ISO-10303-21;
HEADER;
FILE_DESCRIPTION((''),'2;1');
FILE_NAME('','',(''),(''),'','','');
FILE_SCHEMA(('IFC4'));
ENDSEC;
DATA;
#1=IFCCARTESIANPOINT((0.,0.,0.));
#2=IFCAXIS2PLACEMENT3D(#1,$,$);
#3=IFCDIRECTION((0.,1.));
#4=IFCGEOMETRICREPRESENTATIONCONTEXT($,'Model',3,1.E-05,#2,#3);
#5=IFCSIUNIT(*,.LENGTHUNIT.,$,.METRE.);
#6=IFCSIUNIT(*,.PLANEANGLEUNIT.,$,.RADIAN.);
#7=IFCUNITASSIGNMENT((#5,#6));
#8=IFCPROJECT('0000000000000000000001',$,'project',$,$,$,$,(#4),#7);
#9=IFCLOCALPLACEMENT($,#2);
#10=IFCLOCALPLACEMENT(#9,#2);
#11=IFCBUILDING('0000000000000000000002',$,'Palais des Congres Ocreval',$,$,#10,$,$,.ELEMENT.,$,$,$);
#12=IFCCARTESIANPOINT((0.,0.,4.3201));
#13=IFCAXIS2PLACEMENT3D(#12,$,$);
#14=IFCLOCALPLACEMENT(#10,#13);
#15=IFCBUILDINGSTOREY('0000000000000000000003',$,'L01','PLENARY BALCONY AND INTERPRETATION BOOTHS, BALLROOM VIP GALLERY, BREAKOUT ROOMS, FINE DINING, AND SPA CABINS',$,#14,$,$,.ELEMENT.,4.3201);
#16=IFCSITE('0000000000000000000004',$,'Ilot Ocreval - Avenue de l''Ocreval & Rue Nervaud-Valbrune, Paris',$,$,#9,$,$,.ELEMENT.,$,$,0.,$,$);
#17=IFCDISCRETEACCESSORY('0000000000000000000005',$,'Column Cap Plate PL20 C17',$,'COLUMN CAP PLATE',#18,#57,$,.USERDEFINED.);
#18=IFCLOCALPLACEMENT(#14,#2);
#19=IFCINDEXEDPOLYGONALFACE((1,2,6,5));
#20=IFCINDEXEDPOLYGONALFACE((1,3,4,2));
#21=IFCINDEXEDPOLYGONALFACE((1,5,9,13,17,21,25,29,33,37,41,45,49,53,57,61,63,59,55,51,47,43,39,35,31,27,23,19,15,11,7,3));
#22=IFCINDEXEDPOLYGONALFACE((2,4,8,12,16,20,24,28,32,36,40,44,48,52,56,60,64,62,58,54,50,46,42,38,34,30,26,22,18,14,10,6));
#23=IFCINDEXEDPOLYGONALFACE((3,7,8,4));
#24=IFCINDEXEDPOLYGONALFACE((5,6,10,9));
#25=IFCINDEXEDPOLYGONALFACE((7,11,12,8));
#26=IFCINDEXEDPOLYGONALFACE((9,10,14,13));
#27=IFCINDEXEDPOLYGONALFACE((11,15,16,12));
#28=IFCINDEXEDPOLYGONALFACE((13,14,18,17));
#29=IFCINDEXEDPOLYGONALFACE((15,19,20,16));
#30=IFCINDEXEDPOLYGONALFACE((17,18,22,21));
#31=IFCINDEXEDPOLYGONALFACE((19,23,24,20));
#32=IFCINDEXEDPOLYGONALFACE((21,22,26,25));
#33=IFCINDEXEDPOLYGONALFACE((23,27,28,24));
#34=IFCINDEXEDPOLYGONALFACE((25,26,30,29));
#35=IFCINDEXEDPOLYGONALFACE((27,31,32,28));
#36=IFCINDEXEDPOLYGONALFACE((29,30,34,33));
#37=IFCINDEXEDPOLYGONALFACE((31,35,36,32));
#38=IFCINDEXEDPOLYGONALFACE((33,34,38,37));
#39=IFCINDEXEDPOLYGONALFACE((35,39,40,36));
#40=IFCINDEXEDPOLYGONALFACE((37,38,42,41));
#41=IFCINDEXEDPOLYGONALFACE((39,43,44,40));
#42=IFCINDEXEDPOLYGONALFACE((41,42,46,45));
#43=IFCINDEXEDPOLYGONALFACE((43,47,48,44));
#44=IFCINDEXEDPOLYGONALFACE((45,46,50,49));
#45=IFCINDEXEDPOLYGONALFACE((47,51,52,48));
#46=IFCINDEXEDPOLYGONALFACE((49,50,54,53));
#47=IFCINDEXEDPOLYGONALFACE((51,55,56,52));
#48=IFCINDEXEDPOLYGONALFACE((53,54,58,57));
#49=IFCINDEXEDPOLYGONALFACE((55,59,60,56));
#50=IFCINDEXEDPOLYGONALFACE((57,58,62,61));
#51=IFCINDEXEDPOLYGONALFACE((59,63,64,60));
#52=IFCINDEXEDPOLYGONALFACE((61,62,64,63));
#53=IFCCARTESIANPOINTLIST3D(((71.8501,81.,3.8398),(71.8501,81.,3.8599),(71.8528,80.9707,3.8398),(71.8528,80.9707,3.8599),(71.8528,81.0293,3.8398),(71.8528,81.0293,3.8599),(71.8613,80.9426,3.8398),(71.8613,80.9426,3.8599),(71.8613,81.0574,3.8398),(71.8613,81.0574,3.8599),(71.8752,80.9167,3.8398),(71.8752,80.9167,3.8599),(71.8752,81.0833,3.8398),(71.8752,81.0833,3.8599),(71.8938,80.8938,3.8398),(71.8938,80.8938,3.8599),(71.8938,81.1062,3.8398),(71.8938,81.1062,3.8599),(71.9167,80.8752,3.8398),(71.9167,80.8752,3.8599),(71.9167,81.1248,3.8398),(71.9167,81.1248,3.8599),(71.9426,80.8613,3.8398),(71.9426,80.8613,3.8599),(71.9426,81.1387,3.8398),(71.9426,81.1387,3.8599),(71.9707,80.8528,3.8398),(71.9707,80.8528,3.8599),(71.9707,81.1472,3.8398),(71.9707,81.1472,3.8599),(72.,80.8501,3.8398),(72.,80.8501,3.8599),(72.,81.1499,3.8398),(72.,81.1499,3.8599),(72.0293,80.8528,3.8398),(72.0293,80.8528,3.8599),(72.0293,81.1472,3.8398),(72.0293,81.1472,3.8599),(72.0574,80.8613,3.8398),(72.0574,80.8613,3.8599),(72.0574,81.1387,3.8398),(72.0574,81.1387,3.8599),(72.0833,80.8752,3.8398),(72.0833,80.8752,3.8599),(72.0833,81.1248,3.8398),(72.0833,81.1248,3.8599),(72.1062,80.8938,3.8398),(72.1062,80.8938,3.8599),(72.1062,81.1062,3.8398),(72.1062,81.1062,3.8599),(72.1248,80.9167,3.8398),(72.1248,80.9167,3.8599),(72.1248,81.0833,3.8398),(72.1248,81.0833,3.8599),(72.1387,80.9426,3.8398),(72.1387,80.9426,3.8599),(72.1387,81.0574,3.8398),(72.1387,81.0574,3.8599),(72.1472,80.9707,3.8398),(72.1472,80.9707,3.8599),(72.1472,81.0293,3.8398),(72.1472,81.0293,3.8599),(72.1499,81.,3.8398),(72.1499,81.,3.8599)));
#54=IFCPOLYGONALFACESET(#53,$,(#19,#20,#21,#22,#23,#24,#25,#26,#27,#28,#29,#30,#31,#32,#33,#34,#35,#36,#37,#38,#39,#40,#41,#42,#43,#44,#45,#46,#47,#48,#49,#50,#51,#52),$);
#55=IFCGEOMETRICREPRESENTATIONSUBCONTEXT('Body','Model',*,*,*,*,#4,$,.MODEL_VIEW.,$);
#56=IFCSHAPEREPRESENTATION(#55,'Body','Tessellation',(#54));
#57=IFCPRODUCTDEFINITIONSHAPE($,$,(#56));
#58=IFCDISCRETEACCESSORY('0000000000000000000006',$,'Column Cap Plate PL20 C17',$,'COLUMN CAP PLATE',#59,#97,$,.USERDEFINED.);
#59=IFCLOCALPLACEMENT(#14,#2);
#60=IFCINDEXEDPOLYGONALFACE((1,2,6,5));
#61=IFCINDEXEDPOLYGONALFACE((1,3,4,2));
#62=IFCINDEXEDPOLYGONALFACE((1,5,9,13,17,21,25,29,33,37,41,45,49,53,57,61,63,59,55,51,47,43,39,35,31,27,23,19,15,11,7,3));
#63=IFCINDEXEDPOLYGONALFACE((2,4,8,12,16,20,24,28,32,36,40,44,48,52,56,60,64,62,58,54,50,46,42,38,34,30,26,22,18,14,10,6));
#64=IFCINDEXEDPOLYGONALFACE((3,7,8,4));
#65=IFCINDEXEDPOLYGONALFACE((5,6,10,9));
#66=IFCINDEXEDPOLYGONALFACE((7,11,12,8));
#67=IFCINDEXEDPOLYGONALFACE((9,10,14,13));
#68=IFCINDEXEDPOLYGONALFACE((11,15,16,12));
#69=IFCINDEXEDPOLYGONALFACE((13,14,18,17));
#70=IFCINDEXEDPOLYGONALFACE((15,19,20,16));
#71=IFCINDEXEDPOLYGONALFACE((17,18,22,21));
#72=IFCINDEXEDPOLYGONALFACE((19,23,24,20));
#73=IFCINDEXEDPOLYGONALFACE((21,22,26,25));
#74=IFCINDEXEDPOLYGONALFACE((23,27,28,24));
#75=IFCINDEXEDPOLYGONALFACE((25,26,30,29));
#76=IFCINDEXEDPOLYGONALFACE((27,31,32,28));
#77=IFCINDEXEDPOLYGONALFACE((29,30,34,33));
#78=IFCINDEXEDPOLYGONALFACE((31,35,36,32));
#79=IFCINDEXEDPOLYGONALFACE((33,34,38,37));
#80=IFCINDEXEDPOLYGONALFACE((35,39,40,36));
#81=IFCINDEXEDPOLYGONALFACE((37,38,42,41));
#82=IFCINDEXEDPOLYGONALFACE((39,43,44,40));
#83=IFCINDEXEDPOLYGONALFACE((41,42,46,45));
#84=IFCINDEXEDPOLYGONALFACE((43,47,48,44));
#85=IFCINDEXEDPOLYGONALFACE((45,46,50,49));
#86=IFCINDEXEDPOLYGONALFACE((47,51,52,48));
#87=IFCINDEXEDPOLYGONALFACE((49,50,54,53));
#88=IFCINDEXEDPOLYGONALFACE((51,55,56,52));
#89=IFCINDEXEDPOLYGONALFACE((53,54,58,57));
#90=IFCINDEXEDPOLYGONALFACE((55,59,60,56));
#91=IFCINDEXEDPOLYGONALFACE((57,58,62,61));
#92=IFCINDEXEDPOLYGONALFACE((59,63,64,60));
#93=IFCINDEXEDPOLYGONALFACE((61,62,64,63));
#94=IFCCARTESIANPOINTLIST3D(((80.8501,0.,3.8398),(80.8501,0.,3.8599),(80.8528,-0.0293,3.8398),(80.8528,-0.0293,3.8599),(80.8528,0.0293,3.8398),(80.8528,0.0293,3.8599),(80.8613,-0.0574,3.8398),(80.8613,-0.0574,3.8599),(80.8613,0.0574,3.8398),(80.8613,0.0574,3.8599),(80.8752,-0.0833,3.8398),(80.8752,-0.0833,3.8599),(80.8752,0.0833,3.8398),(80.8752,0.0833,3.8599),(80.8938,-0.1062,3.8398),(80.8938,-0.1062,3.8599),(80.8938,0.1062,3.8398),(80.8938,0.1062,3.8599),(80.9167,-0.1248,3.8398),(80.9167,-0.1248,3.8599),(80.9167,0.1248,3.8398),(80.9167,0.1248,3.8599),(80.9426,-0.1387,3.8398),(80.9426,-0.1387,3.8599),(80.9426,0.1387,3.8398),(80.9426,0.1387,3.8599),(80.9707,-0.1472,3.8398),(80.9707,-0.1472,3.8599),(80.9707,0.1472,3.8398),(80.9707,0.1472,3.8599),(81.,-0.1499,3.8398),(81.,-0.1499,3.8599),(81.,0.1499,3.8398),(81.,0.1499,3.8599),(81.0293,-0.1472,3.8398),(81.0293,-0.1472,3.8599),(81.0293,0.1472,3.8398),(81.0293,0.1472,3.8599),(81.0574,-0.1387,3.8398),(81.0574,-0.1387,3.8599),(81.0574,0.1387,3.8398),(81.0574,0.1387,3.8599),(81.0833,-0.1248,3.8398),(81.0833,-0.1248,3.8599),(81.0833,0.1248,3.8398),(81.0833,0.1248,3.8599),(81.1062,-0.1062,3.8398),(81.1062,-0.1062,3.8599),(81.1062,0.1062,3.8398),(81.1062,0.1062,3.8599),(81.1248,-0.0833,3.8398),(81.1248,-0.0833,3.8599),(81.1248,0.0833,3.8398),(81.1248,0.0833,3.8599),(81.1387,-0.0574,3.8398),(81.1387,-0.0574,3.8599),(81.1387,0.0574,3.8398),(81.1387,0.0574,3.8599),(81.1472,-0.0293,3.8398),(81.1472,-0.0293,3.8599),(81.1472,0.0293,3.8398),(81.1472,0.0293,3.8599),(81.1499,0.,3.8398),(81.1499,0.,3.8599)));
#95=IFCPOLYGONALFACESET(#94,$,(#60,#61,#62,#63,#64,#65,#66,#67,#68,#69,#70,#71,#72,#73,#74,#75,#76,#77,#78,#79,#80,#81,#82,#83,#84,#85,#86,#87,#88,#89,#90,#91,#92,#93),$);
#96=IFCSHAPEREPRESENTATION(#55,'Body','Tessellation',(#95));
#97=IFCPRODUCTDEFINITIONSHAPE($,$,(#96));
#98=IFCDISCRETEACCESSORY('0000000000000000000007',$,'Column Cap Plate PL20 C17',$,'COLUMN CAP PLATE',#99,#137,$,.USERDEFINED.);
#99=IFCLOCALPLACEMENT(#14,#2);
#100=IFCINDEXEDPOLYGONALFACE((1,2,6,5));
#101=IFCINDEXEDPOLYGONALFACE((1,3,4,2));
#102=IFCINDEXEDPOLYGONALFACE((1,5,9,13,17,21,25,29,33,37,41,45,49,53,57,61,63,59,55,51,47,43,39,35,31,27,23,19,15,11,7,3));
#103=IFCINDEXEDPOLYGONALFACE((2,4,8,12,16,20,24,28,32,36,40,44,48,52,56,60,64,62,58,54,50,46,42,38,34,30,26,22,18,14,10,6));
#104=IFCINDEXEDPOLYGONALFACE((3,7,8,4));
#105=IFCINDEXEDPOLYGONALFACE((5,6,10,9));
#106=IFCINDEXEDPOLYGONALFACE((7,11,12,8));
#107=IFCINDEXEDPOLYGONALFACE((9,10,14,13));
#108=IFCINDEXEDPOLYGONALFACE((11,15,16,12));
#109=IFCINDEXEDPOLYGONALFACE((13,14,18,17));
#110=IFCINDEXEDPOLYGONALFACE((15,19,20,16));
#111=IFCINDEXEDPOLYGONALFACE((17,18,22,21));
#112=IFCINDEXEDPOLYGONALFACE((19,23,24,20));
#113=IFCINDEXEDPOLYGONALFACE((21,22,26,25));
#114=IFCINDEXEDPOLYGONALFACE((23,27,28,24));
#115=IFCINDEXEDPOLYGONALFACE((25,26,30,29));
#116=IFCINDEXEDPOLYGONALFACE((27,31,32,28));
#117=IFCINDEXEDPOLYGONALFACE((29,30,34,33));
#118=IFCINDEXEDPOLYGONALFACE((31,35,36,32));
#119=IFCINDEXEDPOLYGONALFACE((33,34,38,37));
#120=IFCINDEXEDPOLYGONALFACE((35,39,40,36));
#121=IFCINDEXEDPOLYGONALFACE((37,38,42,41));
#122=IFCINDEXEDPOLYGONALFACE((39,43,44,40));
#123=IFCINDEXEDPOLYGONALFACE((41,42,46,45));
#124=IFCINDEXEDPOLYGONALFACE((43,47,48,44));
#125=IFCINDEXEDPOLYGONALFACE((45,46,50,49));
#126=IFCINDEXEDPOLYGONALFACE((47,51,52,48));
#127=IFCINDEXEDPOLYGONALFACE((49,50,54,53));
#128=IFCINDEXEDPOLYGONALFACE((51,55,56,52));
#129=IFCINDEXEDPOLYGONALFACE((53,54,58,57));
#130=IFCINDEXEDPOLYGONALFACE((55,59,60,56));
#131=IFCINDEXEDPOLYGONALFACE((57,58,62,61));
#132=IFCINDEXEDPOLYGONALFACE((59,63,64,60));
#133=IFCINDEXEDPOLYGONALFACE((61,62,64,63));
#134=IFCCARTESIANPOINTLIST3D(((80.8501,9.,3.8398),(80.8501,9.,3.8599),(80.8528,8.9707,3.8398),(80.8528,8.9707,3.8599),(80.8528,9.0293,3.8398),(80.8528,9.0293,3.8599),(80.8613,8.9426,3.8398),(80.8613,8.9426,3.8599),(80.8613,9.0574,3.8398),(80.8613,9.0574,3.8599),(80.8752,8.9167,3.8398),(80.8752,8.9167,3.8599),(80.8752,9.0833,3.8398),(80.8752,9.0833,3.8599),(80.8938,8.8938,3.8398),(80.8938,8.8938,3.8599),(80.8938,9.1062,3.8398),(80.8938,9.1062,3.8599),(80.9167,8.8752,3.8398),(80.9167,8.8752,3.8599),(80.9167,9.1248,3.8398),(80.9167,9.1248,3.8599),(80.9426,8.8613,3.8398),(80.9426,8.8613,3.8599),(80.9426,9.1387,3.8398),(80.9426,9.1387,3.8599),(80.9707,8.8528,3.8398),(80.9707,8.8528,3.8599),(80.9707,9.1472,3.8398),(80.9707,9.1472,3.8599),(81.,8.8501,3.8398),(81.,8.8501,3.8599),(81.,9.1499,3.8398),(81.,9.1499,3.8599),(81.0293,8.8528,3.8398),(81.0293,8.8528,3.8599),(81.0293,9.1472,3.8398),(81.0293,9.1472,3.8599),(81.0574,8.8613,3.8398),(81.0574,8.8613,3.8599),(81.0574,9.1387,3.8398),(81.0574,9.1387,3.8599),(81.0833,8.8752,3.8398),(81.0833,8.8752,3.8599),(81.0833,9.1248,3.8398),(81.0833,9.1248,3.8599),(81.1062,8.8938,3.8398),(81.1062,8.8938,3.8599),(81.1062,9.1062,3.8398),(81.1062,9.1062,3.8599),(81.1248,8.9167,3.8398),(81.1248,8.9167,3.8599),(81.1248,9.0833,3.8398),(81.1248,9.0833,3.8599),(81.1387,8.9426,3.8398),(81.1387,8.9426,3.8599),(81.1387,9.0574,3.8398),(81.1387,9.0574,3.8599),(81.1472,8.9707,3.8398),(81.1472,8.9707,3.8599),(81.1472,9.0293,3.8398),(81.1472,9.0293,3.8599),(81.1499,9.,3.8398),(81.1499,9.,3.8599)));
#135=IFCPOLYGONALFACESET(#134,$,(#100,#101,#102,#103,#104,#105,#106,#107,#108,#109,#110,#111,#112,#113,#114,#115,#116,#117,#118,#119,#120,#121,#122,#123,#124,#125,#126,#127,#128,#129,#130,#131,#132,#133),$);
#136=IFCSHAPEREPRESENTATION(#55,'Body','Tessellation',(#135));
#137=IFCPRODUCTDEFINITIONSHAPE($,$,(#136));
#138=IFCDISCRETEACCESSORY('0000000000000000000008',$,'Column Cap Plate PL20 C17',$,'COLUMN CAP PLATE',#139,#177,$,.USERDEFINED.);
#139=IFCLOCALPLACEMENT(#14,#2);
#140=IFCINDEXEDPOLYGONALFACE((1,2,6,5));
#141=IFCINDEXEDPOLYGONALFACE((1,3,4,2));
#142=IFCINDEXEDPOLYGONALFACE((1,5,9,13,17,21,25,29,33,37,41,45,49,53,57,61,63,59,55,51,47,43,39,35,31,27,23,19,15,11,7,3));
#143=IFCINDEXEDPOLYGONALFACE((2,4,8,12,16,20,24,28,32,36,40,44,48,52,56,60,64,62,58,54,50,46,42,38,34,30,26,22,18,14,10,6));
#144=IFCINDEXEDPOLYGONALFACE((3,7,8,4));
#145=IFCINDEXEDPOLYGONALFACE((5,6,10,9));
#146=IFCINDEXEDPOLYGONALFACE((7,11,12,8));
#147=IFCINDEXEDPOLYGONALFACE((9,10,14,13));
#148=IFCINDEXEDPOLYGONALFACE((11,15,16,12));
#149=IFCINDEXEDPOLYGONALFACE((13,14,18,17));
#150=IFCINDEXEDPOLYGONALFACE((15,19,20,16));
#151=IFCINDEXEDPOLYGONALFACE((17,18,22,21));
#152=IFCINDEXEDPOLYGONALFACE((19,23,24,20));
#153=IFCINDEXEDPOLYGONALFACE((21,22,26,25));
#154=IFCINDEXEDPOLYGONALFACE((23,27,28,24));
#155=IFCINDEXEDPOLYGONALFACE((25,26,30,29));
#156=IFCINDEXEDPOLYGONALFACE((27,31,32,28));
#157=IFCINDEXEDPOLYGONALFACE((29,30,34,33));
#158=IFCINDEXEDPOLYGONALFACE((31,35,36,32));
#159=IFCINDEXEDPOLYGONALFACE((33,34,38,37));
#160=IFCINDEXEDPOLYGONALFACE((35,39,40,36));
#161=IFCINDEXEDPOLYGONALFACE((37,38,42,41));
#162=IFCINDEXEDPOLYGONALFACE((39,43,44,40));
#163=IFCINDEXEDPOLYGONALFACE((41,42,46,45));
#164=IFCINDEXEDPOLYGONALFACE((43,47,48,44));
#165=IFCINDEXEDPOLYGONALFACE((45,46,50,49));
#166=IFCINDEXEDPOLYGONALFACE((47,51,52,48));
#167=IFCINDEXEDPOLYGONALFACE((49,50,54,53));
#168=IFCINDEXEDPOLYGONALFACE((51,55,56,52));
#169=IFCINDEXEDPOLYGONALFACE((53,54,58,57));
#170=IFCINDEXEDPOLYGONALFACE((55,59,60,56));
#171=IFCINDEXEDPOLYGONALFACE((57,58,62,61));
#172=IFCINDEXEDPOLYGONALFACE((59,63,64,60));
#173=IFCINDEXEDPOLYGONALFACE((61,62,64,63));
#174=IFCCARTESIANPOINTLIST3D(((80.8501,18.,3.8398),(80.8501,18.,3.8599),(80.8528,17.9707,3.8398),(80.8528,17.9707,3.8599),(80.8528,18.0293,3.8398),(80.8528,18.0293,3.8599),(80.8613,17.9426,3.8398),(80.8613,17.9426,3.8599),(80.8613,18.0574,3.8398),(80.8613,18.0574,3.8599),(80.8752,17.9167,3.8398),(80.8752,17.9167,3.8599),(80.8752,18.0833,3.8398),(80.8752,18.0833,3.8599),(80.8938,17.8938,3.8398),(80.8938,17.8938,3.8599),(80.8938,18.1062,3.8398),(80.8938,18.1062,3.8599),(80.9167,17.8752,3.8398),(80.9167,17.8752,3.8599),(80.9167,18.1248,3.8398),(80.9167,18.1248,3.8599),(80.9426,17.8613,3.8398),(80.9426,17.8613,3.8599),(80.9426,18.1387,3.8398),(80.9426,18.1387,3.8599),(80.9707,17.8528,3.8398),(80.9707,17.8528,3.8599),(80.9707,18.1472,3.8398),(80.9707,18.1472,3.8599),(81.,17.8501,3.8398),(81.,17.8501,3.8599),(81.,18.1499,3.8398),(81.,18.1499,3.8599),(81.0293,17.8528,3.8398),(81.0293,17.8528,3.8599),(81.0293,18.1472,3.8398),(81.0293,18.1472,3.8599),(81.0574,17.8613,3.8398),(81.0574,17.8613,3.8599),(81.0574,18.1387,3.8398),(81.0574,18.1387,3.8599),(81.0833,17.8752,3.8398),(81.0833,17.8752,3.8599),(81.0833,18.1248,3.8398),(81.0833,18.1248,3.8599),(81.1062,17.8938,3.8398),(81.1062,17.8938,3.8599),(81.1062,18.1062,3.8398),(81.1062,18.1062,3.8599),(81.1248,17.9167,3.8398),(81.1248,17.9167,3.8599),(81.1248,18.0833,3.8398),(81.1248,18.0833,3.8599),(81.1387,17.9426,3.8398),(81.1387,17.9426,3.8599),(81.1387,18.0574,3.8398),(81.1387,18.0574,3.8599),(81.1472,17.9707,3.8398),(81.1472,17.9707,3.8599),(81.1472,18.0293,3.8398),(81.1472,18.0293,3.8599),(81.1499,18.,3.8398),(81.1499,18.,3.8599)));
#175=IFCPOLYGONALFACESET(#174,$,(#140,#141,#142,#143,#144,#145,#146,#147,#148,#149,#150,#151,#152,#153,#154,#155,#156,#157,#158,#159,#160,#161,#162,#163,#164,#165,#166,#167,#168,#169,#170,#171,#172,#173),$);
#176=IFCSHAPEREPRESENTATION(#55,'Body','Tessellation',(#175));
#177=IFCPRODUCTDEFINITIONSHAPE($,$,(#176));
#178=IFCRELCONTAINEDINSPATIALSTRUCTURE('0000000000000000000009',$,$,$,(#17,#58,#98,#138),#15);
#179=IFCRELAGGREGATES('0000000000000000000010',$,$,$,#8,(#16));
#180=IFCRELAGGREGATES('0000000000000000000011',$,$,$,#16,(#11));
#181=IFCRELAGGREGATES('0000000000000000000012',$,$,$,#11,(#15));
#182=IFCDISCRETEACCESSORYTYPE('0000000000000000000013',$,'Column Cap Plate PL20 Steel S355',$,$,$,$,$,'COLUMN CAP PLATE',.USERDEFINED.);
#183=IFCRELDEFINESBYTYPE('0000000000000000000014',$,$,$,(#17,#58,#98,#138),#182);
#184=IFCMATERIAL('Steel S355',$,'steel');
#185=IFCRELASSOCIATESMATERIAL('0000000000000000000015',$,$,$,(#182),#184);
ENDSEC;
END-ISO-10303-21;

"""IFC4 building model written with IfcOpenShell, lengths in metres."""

from ifc_helpers import new_model, si_unit, direction, frame, origin, place, context, subcontext, project, spatial, polyline, outline, extrude, material, type_object, element, save


model = new_model("IFC4")

# Units and contexts
model_context = context("Model", 3, precision=1e-05, world=origin(), true_north=direction((0.0, 1.0)))
body_context = subcontext(model_context, "Body", "Model", "MODEL_VIEW")
ifc_project = project(units=[si_unit("LENGTHUNIT", "METRE"), si_unit("PLANEANGLEUNIT", "RADIAN")], contexts=[model_context])

# Site, building, storey
site_placement = place(None, origin())
site = spatial("IfcSite", under=ifc_project, at=site_placement, Name="Ilot Ocreval - Avenue de l'Ocreval & Rue Nervaud-Valbrune, Paris", CompositionType="ELEMENT", RefElevation=0.0)
building_placement = place(site_placement, origin())
building = spatial("IfcBuilding", under=site, at=building_placement, Name="Palais des Congres Ocreval", CompositionType="ELEMENT")
storey_placement = place(building_placement, frame((0.0, 0.0, 4.3201)))
storey = spatial("IfcBuildingStorey", under=building, at=storey_placement, Name="L01", Description="PLENARY BALCONY AND INTERPRETATION BOOTHS, BALLROOM VIP GALLERY, BREAKOUT ROOMS, FINE DINING, AND SPA CABINS", CompositionType="ELEMENT", Elevation=4.3201)

# Discrete accessories
ifc_material = material(Name="Steel S355", Category="steel")
discrete_accessory_type = type_object("IfcDiscreteAccessoryType", Name="Column Cap Plate PL20 Steel S355", ElementType="COLUMN CAP PLATE", PredefinedType="USERDEFINED", material=ifc_material)
discrete_accessory_1_placement = place(storey_placement, frame((0.0, 0.0, 3.8398)))
element("IfcDiscreteAccessory", 1, at=discrete_accessory_1_placement, inside=storey, type_object=discrete_accessory_type, Name="Column Cap Plate PL20 C17", ObjectType="COLUMN CAP PLATE", PredefinedType="USERDEFINED", context=body_context, shape_type="SweptSolid", body=[
    extrude(outline(polyline([(72.1499, 81.0), (72.1472, 81.0293), (72.1387, 81.0574), (72.1248, 81.0833), (72.1062, 81.1062), (72.0833, 81.1248), (72.0574, 81.1387), (72.0293, 81.1472), (72.0, 81.1499), (71.9707, 81.1472), (71.9426, 81.1387), (71.9167, 81.1248), (71.8938, 81.1062), (71.8752, 81.0833), (71.8613, 81.0574), (71.8528, 81.0293), (71.8501, 81.0), (71.8528, 80.9707), (71.8613, 80.9426), (71.8752, 80.9167), (71.8938, 80.8938), (71.9167, 80.8752), (71.9426, 80.8613), (71.9707, 80.8528), (72.0, 80.8501), (72.0293, 80.8528), (72.0574, 80.8613), (72.0833, 80.8752), (72.1062, 80.8938), (72.1248, 80.9167), (72.1387, 80.9426), (72.1472, 80.9707), (72.1499, 81.0)])), origin(), (0.0, 0.0, 1.0), 0.02),
])
discrete_accessory_2_placement = place(storey_placement, frame((0.0, 0.0, 3.8398)))
element("IfcDiscreteAccessory", 2, at=discrete_accessory_2_placement, inside=storey, type_object=discrete_accessory_type, Name="Column Cap Plate PL20 C17", ObjectType="COLUMN CAP PLATE", PredefinedType="USERDEFINED", context=body_context, shape_type="SweptSolid", body=[
    extrude(outline(polyline([(81.1499, 0.0), (81.1472, 0.0293), (81.1387, 0.0574), (81.1248, 0.0833), (81.1062, 0.1062), (81.0833, 0.1248), (81.0574, 0.1387), (81.0293, 0.1472), (81.0, 0.1499), (80.9707, 0.1472), (80.9426, 0.1387), (80.9167, 0.1248), (80.8938, 0.1062), (80.8752, 0.0833), (80.8613, 0.0574), (80.8528, 0.0293), (80.8501, 0.0), (80.8528, -0.0293), (80.8613, -0.0574), (80.8752, -0.0833), (80.8938, -0.1062), (80.9167, -0.1248), (80.9426, -0.1387), (80.9707, -0.1472), (81.0, -0.1499), (81.0293, -0.1472), (81.0574, -0.1387), (81.0833, -0.1248), (81.1062, -0.1062), (81.1248, -0.0833), (81.1387, -0.0574), (81.1472, -0.0293), (81.1499, 0.0)])), origin(), (0.0, 0.0, 1.0), 0.02),
])
discrete_accessory_3_placement = place(storey_placement, frame((0.0, 0.0, 3.8398)))
element("IfcDiscreteAccessory", 3, at=discrete_accessory_3_placement, inside=storey, type_object=discrete_accessory_type, Name="Column Cap Plate PL20 C17", ObjectType="COLUMN CAP PLATE", PredefinedType="USERDEFINED", context=body_context, shape_type="SweptSolid", body=[
    extrude(outline(polyline([(81.1499, 9.0), (81.1472, 9.0293), (81.1387, 9.0574), (81.1248, 9.0833), (81.1062, 9.1062), (81.0833, 9.1248), (81.0574, 9.1387), (81.0293, 9.1472), (81.0, 9.1499), (80.9707, 9.1472), (80.9426, 9.1387), (80.9167, 9.1248), (80.8938, 9.1062), (80.8752, 9.0833), (80.8613, 9.0574), (80.8528, 9.0293), (80.8501, 9.0), (80.8528, 8.9707), (80.8613, 8.9426), (80.8752, 8.9167), (80.8938, 8.8938), (80.9167, 8.8752), (80.9426, 8.8613), (80.9707, 8.8528), (81.0, 8.8501), (81.0293, 8.8528), (81.0574, 8.8613), (81.0833, 8.8752), (81.1062, 8.8938), (81.1248, 8.9167), (81.1387, 8.9426), (81.1472, 8.9707), (81.1499, 9.0)])), origin(), (0.0, 0.0, 1.0), 0.02),
])
discrete_accessory_4_placement = place(storey_placement, frame((0.0, 0.0, 3.8398)))
element("IfcDiscreteAccessory", 4, at=discrete_accessory_4_placement, inside=storey, type_object=discrete_accessory_type, Name="Column Cap Plate PL20 C17", ObjectType="COLUMN CAP PLATE", PredefinedType="USERDEFINED", context=body_context, shape_type="SweptSolid", body=[
    extrude(outline(polyline([(81.1499, 18.0), (81.1472, 18.0293), (81.1387, 18.0574), (81.1248, 18.0833), (81.1062, 18.1062), (81.0833, 18.1248), (81.0574, 18.1387), (81.0293, 18.1472), (81.0, 18.1499), (80.9707, 18.1472), (80.9426, 18.1387), (80.9167, 18.1248), (80.8938, 18.1062), (80.8752, 18.0833), (80.8613, 18.0574), (80.8528, 18.0293), (80.8501, 18.0), (80.8528, 17.9707), (80.8613, 17.9426), (80.8752, 17.9167), (80.8938, 17.8938), (80.9167, 17.8752), (80.9426, 17.8613), (80.9707, 17.8528), (81.0, 17.8501), (81.0293, 17.8528), (81.0574, 17.8613), (81.0833, 17.8752), (81.1062, 17.8938), (81.1248, 17.9167), (81.1387, 17.9426), (81.1472, 17.9707), (81.1499, 18.0)])), origin(), (0.0, 0.0, 1.0), 0.02),
])

save(model, "model.ifc")
